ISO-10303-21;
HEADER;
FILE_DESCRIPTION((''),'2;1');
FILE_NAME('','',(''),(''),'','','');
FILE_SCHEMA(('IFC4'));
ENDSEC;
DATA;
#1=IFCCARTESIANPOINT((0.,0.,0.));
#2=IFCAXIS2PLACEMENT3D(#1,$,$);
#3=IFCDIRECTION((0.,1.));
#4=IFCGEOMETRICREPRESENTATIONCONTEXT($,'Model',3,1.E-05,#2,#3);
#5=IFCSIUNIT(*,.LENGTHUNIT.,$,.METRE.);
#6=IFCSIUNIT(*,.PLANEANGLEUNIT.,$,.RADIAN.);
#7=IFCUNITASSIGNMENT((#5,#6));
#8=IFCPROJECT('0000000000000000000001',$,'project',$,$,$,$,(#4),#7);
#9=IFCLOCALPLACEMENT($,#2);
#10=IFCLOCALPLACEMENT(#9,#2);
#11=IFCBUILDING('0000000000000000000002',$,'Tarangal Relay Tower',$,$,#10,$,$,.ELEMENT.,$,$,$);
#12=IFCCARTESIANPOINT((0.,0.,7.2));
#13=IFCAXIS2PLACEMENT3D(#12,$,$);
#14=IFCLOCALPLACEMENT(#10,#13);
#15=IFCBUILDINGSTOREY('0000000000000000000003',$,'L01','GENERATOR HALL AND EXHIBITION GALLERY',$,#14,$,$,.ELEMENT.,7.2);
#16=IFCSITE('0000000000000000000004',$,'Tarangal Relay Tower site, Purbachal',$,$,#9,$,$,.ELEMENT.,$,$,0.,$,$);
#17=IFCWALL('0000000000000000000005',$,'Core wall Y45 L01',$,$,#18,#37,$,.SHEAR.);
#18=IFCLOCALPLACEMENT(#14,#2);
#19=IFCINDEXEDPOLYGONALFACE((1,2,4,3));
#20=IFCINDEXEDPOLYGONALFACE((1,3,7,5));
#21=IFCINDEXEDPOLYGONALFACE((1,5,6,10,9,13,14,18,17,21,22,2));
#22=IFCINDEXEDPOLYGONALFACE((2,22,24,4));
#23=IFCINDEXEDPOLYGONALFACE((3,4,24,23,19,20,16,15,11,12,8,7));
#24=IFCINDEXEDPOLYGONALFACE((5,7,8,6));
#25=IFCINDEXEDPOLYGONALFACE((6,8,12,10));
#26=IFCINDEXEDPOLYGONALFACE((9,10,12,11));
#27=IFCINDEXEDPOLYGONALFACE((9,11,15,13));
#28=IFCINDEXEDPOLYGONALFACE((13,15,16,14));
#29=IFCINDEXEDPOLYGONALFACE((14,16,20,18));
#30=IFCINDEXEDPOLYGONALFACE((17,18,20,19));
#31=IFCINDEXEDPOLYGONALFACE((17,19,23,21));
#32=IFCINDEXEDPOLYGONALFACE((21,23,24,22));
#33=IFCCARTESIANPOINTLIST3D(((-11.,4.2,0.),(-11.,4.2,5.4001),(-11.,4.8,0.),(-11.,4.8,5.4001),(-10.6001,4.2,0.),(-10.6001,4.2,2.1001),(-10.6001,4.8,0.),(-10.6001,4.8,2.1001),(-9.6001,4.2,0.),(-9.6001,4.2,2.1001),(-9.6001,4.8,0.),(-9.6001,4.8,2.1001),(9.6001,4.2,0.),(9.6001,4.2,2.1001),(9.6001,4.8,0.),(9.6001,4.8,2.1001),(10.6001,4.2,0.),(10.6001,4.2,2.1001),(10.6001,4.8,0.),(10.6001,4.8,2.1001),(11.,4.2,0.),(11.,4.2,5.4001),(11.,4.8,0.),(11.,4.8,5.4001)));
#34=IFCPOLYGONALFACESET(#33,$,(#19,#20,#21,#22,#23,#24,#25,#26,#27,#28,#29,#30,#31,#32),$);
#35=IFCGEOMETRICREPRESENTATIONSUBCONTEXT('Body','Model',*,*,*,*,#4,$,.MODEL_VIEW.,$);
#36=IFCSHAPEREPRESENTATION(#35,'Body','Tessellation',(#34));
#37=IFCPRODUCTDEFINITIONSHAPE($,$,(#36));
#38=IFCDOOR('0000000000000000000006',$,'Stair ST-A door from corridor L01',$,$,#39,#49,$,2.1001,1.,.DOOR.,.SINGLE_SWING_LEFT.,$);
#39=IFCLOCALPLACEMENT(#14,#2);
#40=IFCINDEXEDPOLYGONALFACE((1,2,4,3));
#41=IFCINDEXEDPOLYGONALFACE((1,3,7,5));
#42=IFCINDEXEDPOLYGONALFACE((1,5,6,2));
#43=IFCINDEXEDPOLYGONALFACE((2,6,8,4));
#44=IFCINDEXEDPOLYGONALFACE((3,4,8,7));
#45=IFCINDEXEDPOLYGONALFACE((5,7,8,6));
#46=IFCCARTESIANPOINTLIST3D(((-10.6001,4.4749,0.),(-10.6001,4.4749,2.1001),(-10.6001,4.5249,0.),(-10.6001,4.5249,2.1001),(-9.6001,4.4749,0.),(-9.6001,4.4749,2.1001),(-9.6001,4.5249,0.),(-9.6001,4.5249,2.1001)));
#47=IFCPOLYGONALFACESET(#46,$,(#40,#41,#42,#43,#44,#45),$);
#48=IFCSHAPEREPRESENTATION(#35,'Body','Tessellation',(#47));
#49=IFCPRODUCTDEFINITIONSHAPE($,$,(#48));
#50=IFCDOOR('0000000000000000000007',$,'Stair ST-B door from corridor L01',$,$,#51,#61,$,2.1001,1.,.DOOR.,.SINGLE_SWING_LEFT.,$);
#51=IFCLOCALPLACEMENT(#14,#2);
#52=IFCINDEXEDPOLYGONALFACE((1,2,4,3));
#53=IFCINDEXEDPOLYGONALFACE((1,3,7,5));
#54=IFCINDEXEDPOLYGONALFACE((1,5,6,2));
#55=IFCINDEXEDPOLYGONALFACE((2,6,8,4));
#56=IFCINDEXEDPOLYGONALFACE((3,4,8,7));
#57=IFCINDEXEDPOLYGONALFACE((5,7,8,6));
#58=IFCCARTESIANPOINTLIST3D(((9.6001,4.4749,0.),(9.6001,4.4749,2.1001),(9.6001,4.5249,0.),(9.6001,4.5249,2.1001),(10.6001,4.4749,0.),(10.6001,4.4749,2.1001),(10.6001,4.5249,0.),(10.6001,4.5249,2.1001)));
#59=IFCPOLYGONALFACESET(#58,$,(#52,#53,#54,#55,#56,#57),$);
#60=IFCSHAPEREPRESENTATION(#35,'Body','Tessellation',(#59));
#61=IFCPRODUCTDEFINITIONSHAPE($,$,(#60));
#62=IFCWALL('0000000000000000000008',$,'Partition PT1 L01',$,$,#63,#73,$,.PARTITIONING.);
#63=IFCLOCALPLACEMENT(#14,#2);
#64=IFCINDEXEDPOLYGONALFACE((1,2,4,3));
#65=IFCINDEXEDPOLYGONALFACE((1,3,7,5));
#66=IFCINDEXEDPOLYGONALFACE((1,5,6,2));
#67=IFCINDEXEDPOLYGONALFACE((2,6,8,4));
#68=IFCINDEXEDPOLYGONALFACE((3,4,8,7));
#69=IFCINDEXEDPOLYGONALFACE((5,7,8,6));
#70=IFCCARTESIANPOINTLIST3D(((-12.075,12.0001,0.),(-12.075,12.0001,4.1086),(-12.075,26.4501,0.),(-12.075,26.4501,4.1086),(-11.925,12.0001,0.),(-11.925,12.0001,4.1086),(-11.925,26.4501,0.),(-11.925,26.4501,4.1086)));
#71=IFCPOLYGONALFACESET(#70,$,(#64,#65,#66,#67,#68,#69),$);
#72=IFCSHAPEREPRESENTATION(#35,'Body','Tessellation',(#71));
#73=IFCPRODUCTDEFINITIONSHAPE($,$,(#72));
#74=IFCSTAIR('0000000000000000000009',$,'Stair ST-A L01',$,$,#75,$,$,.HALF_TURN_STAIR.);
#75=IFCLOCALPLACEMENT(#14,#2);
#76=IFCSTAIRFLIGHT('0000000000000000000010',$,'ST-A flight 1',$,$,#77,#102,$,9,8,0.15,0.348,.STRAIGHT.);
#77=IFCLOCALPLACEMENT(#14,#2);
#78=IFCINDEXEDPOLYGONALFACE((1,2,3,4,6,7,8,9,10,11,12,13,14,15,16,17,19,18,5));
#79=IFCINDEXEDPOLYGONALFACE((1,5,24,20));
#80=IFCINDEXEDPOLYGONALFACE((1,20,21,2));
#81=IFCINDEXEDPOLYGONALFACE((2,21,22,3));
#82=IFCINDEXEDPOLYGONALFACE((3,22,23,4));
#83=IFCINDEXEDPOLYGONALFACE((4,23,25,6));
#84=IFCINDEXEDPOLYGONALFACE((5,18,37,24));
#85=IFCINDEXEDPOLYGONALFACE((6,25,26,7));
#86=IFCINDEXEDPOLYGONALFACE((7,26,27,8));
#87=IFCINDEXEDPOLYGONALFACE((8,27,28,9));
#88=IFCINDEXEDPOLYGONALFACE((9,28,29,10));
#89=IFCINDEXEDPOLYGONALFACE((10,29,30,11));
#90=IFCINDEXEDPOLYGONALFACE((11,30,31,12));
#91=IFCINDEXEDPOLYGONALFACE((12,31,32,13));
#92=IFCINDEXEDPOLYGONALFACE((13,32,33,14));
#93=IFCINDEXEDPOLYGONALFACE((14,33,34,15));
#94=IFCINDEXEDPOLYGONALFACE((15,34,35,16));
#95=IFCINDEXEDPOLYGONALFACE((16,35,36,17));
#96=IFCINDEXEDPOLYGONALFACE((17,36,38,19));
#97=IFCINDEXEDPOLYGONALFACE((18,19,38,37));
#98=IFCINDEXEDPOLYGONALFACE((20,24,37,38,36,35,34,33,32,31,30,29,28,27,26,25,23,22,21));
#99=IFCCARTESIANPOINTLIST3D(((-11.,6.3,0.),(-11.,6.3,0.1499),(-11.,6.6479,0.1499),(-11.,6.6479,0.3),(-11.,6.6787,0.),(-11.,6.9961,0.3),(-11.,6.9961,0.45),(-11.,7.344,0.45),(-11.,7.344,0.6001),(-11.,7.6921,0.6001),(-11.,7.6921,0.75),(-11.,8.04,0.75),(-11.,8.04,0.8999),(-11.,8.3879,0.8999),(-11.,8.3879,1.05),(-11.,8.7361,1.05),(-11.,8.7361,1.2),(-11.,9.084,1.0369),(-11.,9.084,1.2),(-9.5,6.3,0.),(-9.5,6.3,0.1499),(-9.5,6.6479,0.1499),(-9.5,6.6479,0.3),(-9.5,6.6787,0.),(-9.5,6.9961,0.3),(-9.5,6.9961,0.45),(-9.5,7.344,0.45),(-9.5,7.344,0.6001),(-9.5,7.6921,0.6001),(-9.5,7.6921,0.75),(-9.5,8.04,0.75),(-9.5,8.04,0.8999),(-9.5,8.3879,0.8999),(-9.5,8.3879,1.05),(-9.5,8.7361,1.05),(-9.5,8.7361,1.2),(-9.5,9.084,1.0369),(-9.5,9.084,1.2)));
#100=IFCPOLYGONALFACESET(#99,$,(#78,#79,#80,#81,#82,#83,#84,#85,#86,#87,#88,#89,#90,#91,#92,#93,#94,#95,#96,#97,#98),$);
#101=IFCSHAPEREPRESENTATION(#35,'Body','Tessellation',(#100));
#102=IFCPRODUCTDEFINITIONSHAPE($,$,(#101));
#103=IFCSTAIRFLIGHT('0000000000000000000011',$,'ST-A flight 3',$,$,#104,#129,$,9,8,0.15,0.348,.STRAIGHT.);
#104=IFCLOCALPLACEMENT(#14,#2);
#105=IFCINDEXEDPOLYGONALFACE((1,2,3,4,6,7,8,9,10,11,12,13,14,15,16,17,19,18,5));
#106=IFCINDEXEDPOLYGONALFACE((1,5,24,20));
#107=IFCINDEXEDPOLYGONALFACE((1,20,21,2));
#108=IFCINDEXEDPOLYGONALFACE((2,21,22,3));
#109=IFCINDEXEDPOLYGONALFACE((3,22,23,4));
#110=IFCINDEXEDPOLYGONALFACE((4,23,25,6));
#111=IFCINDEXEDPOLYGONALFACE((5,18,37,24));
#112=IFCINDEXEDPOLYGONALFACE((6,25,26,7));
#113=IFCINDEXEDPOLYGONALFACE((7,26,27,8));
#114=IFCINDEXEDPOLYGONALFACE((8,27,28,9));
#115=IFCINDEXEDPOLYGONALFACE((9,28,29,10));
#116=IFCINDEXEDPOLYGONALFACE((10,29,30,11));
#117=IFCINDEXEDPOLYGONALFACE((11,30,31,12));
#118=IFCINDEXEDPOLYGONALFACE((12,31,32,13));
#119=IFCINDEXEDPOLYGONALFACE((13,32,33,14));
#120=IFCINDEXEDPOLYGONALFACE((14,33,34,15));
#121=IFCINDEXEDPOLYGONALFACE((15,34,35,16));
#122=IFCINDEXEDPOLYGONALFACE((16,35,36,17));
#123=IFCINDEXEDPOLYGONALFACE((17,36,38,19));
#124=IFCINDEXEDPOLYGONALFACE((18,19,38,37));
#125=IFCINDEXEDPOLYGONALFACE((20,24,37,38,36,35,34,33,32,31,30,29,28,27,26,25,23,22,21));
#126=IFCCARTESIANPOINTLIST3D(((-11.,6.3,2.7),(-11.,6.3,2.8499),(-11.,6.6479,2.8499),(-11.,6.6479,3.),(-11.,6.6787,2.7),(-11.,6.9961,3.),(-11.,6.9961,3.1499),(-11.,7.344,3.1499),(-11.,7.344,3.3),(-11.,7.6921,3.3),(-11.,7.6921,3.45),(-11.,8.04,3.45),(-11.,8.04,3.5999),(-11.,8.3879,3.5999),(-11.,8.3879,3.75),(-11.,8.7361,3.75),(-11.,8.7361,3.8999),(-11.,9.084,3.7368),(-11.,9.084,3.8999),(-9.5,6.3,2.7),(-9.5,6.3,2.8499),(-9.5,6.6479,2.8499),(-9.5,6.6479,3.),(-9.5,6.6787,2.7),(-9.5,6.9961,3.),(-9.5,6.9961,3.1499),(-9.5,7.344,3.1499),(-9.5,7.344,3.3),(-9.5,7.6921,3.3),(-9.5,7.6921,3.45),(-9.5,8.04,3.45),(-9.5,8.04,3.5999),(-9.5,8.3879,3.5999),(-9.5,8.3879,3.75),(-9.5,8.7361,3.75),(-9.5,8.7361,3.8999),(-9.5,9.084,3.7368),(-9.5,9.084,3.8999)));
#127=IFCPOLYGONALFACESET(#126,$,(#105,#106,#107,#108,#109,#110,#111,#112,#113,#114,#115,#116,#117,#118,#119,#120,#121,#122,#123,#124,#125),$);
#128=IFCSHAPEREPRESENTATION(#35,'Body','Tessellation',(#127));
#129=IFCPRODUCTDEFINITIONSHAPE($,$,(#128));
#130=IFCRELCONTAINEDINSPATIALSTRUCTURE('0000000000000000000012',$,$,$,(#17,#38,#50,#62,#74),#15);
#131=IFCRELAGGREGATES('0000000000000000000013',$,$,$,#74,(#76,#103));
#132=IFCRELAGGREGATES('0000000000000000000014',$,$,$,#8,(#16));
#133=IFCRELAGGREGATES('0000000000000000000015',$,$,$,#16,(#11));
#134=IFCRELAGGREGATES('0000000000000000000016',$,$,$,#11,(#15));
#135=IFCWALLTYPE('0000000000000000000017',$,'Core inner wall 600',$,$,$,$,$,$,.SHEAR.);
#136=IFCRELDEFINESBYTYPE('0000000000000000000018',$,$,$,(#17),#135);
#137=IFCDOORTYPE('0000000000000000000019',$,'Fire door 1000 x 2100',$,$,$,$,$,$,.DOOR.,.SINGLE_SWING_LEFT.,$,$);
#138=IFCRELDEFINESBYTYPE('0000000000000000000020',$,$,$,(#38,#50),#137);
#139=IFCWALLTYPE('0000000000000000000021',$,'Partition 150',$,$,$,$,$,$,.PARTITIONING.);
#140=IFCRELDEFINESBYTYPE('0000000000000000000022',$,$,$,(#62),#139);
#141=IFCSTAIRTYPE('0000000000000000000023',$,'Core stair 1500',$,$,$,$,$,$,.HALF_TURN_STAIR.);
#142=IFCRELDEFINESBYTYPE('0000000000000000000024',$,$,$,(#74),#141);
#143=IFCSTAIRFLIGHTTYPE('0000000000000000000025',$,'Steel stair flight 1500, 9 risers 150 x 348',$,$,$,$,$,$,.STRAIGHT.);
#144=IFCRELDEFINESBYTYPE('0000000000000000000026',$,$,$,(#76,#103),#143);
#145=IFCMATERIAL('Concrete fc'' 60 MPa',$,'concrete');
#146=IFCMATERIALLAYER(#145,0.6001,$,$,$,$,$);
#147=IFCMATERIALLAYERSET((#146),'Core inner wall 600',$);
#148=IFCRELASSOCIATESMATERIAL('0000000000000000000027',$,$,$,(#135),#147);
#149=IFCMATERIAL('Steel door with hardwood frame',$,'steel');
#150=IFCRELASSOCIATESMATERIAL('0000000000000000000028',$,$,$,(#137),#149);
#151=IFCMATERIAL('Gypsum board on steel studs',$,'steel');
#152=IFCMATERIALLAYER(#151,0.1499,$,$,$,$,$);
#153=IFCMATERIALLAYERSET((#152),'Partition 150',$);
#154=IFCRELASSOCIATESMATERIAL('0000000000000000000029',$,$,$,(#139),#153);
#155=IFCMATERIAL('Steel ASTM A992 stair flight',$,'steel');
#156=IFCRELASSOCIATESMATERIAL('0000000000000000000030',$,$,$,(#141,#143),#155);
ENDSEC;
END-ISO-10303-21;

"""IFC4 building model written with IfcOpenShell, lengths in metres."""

from ifc_helpers import new_model, si_unit, direction, frame, frame_2d, origin, place, context, subcontext, project, spatial, polyline, rectangle, outline, extrude, material, layer, layer_set, type_object, element, fill, aggregate, save


model = new_model("IFC4")

# Units and contexts
model_context = context("Model", 3, precision=1e-05, world=origin(), true_north=direction((0.0, 1.0)))
body_context = subcontext(model_context, "Body", "Model", "MODEL_VIEW")
ifc_project = project(units=[si_unit("LENGTHUNIT", "METRE"), si_unit("PLANEANGLEUNIT", "RADIAN")], contexts=[model_context])

# Site, building, storey
site_placement = place(None, origin())
site = spatial("IfcSite", under=ifc_project, at=site_placement, Name="Tarangal Relay Tower site, Purbachal", CompositionType="ELEMENT", RefElevation=0.0)
building_placement = place(site_placement, origin())
building = spatial("IfcBuilding", under=site, at=building_placement, Name="Tarangal Relay Tower", CompositionType="ELEMENT")
storey_placement = place(building_placement, frame((0.0, 0.0, 7.2)))
storey = spatial("IfcBuildingStorey", under=building, at=storey_placement, Name="L01", Description="GENERATOR HALL AND EXHIBITION GALLERY", CompositionType="ELEMENT", Elevation=7.2)

# Wall, openings, doors
ifc_material_1 = material(Name="Concrete fc' 60 MPa", Category="concrete")
ifc_layer_1 = layer(ifc_material_1, 0.6001)
ifc_layer_set_1 = layer_set([ifc_layer_1], Name="Core inner wall 600")
wall_type_1 = type_object("IfcWallType", Name="Core inner wall 600", PredefinedType="SHEAR", material=ifc_layer_set_1)
wall_1_placement = place(storey_placement, frame((-11.0, 4.5, 0.0), z_axis=(0.0, 0.0, 1.0), x_axis=(1.0, 0.0, 0.0)))
wall_1 = element("IfcWall", 1, at=wall_1_placement, inside=storey, type_object=wall_type_1, Name="Core wall Y45 L01", PredefinedType="SHEAR", context=body_context, shape_type="SweptSolid", body=[
    extrude(rectangle(XDim=22.0, YDim=0.6001, at=frame_2d((11.0, 0.0))), origin(), (0.0, 0.0, 1.0), 5.4001),
])
opening_1_placement = place(wall_1_placement, frame((0.3999, 0.0, 0.0)))
opening_1 = element("IfcOpeningElement", 2, at=opening_1_placement, cuts=wall_1, PredefinedType="OPENING", context=body_context, shape_type="SweptSolid", body=[
    extrude(rectangle(XDim=1.0, YDim=2.1001, at=frame_2d((0.5, 1.05))), frame((0.0, 0.3101, 0.0), z_axis=(0.0, -1.0, 0.0), x_axis=(1.0, 0.0, 0.0)), (0.0, 0.0, 1.0), 0.6201),
])
opening_2_placement = place(wall_1_placement, frame((20.6001, 0.0, 0.0)))
opening_2 = element("IfcOpeningElement", 3, at=opening_2_placement, cuts=wall_1, PredefinedType="OPENING", context=body_context, shape_type="SweptSolid", body=[
    extrude(rectangle(XDim=1.0, YDim=2.1001, at=frame_2d((0.5, 1.05))), frame((0.0, 0.3101, 0.0), z_axis=(0.0, -1.0, 0.0), x_axis=(1.0, 0.0, 0.0)), (0.0, 0.0, 1.0), 0.6201),
])
ifc_material_2 = material(Name="Steel door with hardwood frame", Category="steel")
door_type_1 = type_object("IfcDoorType", Name="Fire door 1000 x 2100", OperationType="SINGLE_SWING_LEFT", PredefinedType="DOOR", material=ifc_material_2)
door_1_placement = place(opening_1_placement, origin())
door_1 = element("IfcDoor", 4, at=door_1_placement, inside=storey, type_object=door_type_1, Name="Stair ST-A door from corridor L01", OperationType="SINGLE_SWING_LEFT", OverallHeight=2.1001, OverallWidth=1.0, PredefinedType="DOOR", context=body_context, shape_type="SweptSolid", body=[
    extrude(rectangle(XDim=1.0, YDim=2.1001, at=frame_2d((0.5, 1.05))), frame((0.0, 0.0249, 0.0), z_axis=(0.0, -1.0, 0.0), x_axis=(1.0, 0.0, 0.0)), (0.0, 0.0, 1.0), 0.05),
])
fill(opening_1, door_1)
door_2_placement = place(opening_2_placement, origin())
door_2 = element("IfcDoor", 5, at=door_2_placement, inside=storey, type_object=door_type_1, Name="Stair ST-B door from corridor L01", OperationType="SINGLE_SWING_LEFT", OverallHeight=2.1001, OverallWidth=1.0, PredefinedType="DOOR", context=body_context, shape_type="SweptSolid", body=[
    extrude(rectangle(XDim=1.0, YDim=2.1001, at=frame_2d((0.5, 1.05))), frame((0.0, 0.0249, 0.0), z_axis=(0.0, -1.0, 0.0), x_axis=(1.0, 0.0, 0.0)), (0.0, 0.0, 1.0), 0.05),
])
fill(opening_2, door_2)

# Wall
ifc_material_3 = material(Name="Gypsum board on steel studs", Category="steel")
ifc_layer_2 = layer(ifc_material_3, 0.1499)
ifc_layer_set_2 = layer_set([ifc_layer_2], Name="Partition 150")
wall_type_2 = type_object("IfcWallType", Name="Partition 150", PredefinedType="PARTITIONING", material=ifc_layer_set_2)
wall_2_placement = place(storey_placement, frame((-12.0, 12.0, 0.0), z_axis=(0.0, 0.0, 1.0), x_axis=(0.0, 1.0, 0.0)))
element("IfcWall", 6, at=wall_2_placement, inside=storey, type_object=wall_type_2, Name="Partition PT1 L01", PredefinedType="PARTITIONING", context=body_context, shape_type="SweptSolid", body=[
    extrude(rectangle(XDim=14.45, YDim=0.1499, at=frame_2d((7.2251, 0.0))), origin(), (0.0, 0.0, 1.0), 4.1086),
])

# Stair, stair flights
ifc_material_4 = material(Name="Steel ASTM A992 stair flight", Category="steel")
stair_type = type_object("IfcStairType", Name="Core stair 1500", PredefinedType="HALF_TURN_STAIR", material=ifc_material_4)
stair_placement = place(storey_placement, origin())
stair = element("IfcStair", 7, at=stair_placement, inside=storey, type_object=stair_type, Name="Stair ST-A L01", PredefinedType="HALF_TURN_STAIR")
stair_flight_type = type_object("IfcStairFlightType", Name="Steel stair flight 1500, 9 risers 150 x 348", PredefinedType="STRAIGHT", material=ifc_material_4)
stair_flight_1_placement = place(storey_placement, frame((-10.25, 6.3, 0.0), z_axis=(0.0, 0.0, 1.0), x_axis=(0.0, 1.0, 0.0)))
stair_flight_1 = element("IfcStairFlight", 8, at=stair_flight_1_placement, type_object=stair_flight_type, Name="ST-A flight 1", NumberOfRisers=9, NumberOfTreads=8, PredefinedType="STRAIGHT", RiserHeight=0.15, TreadLength=0.348, context=body_context, shape_type="SweptSolid", body=[
    extrude(outline(polyline([(0.0, 0.0), (0.0, 0.1499), (0.3479, 0.1499), (0.3479, 0.3), (0.696, 0.3), (0.696, 0.45), (1.0439, 0.45), (1.0439, 0.6001), (1.3921, 0.6001), (1.3921, 0.75), (1.74, 0.75), (1.74, 0.8999), (2.0879, 0.8999), (2.0879, 1.05), (2.436, 1.05), (2.436, 1.2), (2.7839, 1.2), (2.7839, 1.3501), (2.7839, 1.0369), (0.3787, 0.0), (0.0, 0.0)])), frame((0.0, 0.75, 0.0), z_axis=(0.0, -1.0, 0.0), x_axis=(1.0, 0.0, 0.0)), (0.0, 0.0, 1.0), 1.5),
])
stair_flight_2_placement = place(storey_placement, frame((-10.25, 6.3, 2.7), z_axis=(0.0, 0.0, 1.0), x_axis=(0.0, 1.0, 0.0)))
stair_flight_2 = element("IfcStairFlight", 9, at=stair_flight_2_placement, type_object=stair_flight_type, Name="ST-A flight 3", NumberOfRisers=9, NumberOfTreads=8, PredefinedType="STRAIGHT", RiserHeight=0.15, TreadLength=0.348, context=body_context, shape_type="SweptSolid", body=[
    extrude(outline(polyline([(0.0, 0.0), (0.0, 0.1499), (0.3479, 0.1499), (0.3479, 0.3), (0.696, 0.3), (0.696, 0.45), (1.0439, 0.45), (1.0439, 0.6001), (1.3921, 0.6001), (1.3921, 0.75), (1.74, 0.75), (1.74, 0.8999), (2.0879, 0.8999), (2.0879, 1.05), (2.436, 1.05), (2.436, 1.2), (2.7839, 1.2), (2.7839, 1.3501), (2.7839, 1.0369), (0.3787, 0.0), (0.0, 0.0)])), frame((0.0, 0.75, 0.0), z_axis=(0.0, -1.0, 0.0), x_axis=(1.0, 0.0, 0.0)), (0.0, 0.0, 1.0), 1.5),
])
aggregate(stair, [stair_flight_1, stair_flight_2])

save(model, "model.ifc")
